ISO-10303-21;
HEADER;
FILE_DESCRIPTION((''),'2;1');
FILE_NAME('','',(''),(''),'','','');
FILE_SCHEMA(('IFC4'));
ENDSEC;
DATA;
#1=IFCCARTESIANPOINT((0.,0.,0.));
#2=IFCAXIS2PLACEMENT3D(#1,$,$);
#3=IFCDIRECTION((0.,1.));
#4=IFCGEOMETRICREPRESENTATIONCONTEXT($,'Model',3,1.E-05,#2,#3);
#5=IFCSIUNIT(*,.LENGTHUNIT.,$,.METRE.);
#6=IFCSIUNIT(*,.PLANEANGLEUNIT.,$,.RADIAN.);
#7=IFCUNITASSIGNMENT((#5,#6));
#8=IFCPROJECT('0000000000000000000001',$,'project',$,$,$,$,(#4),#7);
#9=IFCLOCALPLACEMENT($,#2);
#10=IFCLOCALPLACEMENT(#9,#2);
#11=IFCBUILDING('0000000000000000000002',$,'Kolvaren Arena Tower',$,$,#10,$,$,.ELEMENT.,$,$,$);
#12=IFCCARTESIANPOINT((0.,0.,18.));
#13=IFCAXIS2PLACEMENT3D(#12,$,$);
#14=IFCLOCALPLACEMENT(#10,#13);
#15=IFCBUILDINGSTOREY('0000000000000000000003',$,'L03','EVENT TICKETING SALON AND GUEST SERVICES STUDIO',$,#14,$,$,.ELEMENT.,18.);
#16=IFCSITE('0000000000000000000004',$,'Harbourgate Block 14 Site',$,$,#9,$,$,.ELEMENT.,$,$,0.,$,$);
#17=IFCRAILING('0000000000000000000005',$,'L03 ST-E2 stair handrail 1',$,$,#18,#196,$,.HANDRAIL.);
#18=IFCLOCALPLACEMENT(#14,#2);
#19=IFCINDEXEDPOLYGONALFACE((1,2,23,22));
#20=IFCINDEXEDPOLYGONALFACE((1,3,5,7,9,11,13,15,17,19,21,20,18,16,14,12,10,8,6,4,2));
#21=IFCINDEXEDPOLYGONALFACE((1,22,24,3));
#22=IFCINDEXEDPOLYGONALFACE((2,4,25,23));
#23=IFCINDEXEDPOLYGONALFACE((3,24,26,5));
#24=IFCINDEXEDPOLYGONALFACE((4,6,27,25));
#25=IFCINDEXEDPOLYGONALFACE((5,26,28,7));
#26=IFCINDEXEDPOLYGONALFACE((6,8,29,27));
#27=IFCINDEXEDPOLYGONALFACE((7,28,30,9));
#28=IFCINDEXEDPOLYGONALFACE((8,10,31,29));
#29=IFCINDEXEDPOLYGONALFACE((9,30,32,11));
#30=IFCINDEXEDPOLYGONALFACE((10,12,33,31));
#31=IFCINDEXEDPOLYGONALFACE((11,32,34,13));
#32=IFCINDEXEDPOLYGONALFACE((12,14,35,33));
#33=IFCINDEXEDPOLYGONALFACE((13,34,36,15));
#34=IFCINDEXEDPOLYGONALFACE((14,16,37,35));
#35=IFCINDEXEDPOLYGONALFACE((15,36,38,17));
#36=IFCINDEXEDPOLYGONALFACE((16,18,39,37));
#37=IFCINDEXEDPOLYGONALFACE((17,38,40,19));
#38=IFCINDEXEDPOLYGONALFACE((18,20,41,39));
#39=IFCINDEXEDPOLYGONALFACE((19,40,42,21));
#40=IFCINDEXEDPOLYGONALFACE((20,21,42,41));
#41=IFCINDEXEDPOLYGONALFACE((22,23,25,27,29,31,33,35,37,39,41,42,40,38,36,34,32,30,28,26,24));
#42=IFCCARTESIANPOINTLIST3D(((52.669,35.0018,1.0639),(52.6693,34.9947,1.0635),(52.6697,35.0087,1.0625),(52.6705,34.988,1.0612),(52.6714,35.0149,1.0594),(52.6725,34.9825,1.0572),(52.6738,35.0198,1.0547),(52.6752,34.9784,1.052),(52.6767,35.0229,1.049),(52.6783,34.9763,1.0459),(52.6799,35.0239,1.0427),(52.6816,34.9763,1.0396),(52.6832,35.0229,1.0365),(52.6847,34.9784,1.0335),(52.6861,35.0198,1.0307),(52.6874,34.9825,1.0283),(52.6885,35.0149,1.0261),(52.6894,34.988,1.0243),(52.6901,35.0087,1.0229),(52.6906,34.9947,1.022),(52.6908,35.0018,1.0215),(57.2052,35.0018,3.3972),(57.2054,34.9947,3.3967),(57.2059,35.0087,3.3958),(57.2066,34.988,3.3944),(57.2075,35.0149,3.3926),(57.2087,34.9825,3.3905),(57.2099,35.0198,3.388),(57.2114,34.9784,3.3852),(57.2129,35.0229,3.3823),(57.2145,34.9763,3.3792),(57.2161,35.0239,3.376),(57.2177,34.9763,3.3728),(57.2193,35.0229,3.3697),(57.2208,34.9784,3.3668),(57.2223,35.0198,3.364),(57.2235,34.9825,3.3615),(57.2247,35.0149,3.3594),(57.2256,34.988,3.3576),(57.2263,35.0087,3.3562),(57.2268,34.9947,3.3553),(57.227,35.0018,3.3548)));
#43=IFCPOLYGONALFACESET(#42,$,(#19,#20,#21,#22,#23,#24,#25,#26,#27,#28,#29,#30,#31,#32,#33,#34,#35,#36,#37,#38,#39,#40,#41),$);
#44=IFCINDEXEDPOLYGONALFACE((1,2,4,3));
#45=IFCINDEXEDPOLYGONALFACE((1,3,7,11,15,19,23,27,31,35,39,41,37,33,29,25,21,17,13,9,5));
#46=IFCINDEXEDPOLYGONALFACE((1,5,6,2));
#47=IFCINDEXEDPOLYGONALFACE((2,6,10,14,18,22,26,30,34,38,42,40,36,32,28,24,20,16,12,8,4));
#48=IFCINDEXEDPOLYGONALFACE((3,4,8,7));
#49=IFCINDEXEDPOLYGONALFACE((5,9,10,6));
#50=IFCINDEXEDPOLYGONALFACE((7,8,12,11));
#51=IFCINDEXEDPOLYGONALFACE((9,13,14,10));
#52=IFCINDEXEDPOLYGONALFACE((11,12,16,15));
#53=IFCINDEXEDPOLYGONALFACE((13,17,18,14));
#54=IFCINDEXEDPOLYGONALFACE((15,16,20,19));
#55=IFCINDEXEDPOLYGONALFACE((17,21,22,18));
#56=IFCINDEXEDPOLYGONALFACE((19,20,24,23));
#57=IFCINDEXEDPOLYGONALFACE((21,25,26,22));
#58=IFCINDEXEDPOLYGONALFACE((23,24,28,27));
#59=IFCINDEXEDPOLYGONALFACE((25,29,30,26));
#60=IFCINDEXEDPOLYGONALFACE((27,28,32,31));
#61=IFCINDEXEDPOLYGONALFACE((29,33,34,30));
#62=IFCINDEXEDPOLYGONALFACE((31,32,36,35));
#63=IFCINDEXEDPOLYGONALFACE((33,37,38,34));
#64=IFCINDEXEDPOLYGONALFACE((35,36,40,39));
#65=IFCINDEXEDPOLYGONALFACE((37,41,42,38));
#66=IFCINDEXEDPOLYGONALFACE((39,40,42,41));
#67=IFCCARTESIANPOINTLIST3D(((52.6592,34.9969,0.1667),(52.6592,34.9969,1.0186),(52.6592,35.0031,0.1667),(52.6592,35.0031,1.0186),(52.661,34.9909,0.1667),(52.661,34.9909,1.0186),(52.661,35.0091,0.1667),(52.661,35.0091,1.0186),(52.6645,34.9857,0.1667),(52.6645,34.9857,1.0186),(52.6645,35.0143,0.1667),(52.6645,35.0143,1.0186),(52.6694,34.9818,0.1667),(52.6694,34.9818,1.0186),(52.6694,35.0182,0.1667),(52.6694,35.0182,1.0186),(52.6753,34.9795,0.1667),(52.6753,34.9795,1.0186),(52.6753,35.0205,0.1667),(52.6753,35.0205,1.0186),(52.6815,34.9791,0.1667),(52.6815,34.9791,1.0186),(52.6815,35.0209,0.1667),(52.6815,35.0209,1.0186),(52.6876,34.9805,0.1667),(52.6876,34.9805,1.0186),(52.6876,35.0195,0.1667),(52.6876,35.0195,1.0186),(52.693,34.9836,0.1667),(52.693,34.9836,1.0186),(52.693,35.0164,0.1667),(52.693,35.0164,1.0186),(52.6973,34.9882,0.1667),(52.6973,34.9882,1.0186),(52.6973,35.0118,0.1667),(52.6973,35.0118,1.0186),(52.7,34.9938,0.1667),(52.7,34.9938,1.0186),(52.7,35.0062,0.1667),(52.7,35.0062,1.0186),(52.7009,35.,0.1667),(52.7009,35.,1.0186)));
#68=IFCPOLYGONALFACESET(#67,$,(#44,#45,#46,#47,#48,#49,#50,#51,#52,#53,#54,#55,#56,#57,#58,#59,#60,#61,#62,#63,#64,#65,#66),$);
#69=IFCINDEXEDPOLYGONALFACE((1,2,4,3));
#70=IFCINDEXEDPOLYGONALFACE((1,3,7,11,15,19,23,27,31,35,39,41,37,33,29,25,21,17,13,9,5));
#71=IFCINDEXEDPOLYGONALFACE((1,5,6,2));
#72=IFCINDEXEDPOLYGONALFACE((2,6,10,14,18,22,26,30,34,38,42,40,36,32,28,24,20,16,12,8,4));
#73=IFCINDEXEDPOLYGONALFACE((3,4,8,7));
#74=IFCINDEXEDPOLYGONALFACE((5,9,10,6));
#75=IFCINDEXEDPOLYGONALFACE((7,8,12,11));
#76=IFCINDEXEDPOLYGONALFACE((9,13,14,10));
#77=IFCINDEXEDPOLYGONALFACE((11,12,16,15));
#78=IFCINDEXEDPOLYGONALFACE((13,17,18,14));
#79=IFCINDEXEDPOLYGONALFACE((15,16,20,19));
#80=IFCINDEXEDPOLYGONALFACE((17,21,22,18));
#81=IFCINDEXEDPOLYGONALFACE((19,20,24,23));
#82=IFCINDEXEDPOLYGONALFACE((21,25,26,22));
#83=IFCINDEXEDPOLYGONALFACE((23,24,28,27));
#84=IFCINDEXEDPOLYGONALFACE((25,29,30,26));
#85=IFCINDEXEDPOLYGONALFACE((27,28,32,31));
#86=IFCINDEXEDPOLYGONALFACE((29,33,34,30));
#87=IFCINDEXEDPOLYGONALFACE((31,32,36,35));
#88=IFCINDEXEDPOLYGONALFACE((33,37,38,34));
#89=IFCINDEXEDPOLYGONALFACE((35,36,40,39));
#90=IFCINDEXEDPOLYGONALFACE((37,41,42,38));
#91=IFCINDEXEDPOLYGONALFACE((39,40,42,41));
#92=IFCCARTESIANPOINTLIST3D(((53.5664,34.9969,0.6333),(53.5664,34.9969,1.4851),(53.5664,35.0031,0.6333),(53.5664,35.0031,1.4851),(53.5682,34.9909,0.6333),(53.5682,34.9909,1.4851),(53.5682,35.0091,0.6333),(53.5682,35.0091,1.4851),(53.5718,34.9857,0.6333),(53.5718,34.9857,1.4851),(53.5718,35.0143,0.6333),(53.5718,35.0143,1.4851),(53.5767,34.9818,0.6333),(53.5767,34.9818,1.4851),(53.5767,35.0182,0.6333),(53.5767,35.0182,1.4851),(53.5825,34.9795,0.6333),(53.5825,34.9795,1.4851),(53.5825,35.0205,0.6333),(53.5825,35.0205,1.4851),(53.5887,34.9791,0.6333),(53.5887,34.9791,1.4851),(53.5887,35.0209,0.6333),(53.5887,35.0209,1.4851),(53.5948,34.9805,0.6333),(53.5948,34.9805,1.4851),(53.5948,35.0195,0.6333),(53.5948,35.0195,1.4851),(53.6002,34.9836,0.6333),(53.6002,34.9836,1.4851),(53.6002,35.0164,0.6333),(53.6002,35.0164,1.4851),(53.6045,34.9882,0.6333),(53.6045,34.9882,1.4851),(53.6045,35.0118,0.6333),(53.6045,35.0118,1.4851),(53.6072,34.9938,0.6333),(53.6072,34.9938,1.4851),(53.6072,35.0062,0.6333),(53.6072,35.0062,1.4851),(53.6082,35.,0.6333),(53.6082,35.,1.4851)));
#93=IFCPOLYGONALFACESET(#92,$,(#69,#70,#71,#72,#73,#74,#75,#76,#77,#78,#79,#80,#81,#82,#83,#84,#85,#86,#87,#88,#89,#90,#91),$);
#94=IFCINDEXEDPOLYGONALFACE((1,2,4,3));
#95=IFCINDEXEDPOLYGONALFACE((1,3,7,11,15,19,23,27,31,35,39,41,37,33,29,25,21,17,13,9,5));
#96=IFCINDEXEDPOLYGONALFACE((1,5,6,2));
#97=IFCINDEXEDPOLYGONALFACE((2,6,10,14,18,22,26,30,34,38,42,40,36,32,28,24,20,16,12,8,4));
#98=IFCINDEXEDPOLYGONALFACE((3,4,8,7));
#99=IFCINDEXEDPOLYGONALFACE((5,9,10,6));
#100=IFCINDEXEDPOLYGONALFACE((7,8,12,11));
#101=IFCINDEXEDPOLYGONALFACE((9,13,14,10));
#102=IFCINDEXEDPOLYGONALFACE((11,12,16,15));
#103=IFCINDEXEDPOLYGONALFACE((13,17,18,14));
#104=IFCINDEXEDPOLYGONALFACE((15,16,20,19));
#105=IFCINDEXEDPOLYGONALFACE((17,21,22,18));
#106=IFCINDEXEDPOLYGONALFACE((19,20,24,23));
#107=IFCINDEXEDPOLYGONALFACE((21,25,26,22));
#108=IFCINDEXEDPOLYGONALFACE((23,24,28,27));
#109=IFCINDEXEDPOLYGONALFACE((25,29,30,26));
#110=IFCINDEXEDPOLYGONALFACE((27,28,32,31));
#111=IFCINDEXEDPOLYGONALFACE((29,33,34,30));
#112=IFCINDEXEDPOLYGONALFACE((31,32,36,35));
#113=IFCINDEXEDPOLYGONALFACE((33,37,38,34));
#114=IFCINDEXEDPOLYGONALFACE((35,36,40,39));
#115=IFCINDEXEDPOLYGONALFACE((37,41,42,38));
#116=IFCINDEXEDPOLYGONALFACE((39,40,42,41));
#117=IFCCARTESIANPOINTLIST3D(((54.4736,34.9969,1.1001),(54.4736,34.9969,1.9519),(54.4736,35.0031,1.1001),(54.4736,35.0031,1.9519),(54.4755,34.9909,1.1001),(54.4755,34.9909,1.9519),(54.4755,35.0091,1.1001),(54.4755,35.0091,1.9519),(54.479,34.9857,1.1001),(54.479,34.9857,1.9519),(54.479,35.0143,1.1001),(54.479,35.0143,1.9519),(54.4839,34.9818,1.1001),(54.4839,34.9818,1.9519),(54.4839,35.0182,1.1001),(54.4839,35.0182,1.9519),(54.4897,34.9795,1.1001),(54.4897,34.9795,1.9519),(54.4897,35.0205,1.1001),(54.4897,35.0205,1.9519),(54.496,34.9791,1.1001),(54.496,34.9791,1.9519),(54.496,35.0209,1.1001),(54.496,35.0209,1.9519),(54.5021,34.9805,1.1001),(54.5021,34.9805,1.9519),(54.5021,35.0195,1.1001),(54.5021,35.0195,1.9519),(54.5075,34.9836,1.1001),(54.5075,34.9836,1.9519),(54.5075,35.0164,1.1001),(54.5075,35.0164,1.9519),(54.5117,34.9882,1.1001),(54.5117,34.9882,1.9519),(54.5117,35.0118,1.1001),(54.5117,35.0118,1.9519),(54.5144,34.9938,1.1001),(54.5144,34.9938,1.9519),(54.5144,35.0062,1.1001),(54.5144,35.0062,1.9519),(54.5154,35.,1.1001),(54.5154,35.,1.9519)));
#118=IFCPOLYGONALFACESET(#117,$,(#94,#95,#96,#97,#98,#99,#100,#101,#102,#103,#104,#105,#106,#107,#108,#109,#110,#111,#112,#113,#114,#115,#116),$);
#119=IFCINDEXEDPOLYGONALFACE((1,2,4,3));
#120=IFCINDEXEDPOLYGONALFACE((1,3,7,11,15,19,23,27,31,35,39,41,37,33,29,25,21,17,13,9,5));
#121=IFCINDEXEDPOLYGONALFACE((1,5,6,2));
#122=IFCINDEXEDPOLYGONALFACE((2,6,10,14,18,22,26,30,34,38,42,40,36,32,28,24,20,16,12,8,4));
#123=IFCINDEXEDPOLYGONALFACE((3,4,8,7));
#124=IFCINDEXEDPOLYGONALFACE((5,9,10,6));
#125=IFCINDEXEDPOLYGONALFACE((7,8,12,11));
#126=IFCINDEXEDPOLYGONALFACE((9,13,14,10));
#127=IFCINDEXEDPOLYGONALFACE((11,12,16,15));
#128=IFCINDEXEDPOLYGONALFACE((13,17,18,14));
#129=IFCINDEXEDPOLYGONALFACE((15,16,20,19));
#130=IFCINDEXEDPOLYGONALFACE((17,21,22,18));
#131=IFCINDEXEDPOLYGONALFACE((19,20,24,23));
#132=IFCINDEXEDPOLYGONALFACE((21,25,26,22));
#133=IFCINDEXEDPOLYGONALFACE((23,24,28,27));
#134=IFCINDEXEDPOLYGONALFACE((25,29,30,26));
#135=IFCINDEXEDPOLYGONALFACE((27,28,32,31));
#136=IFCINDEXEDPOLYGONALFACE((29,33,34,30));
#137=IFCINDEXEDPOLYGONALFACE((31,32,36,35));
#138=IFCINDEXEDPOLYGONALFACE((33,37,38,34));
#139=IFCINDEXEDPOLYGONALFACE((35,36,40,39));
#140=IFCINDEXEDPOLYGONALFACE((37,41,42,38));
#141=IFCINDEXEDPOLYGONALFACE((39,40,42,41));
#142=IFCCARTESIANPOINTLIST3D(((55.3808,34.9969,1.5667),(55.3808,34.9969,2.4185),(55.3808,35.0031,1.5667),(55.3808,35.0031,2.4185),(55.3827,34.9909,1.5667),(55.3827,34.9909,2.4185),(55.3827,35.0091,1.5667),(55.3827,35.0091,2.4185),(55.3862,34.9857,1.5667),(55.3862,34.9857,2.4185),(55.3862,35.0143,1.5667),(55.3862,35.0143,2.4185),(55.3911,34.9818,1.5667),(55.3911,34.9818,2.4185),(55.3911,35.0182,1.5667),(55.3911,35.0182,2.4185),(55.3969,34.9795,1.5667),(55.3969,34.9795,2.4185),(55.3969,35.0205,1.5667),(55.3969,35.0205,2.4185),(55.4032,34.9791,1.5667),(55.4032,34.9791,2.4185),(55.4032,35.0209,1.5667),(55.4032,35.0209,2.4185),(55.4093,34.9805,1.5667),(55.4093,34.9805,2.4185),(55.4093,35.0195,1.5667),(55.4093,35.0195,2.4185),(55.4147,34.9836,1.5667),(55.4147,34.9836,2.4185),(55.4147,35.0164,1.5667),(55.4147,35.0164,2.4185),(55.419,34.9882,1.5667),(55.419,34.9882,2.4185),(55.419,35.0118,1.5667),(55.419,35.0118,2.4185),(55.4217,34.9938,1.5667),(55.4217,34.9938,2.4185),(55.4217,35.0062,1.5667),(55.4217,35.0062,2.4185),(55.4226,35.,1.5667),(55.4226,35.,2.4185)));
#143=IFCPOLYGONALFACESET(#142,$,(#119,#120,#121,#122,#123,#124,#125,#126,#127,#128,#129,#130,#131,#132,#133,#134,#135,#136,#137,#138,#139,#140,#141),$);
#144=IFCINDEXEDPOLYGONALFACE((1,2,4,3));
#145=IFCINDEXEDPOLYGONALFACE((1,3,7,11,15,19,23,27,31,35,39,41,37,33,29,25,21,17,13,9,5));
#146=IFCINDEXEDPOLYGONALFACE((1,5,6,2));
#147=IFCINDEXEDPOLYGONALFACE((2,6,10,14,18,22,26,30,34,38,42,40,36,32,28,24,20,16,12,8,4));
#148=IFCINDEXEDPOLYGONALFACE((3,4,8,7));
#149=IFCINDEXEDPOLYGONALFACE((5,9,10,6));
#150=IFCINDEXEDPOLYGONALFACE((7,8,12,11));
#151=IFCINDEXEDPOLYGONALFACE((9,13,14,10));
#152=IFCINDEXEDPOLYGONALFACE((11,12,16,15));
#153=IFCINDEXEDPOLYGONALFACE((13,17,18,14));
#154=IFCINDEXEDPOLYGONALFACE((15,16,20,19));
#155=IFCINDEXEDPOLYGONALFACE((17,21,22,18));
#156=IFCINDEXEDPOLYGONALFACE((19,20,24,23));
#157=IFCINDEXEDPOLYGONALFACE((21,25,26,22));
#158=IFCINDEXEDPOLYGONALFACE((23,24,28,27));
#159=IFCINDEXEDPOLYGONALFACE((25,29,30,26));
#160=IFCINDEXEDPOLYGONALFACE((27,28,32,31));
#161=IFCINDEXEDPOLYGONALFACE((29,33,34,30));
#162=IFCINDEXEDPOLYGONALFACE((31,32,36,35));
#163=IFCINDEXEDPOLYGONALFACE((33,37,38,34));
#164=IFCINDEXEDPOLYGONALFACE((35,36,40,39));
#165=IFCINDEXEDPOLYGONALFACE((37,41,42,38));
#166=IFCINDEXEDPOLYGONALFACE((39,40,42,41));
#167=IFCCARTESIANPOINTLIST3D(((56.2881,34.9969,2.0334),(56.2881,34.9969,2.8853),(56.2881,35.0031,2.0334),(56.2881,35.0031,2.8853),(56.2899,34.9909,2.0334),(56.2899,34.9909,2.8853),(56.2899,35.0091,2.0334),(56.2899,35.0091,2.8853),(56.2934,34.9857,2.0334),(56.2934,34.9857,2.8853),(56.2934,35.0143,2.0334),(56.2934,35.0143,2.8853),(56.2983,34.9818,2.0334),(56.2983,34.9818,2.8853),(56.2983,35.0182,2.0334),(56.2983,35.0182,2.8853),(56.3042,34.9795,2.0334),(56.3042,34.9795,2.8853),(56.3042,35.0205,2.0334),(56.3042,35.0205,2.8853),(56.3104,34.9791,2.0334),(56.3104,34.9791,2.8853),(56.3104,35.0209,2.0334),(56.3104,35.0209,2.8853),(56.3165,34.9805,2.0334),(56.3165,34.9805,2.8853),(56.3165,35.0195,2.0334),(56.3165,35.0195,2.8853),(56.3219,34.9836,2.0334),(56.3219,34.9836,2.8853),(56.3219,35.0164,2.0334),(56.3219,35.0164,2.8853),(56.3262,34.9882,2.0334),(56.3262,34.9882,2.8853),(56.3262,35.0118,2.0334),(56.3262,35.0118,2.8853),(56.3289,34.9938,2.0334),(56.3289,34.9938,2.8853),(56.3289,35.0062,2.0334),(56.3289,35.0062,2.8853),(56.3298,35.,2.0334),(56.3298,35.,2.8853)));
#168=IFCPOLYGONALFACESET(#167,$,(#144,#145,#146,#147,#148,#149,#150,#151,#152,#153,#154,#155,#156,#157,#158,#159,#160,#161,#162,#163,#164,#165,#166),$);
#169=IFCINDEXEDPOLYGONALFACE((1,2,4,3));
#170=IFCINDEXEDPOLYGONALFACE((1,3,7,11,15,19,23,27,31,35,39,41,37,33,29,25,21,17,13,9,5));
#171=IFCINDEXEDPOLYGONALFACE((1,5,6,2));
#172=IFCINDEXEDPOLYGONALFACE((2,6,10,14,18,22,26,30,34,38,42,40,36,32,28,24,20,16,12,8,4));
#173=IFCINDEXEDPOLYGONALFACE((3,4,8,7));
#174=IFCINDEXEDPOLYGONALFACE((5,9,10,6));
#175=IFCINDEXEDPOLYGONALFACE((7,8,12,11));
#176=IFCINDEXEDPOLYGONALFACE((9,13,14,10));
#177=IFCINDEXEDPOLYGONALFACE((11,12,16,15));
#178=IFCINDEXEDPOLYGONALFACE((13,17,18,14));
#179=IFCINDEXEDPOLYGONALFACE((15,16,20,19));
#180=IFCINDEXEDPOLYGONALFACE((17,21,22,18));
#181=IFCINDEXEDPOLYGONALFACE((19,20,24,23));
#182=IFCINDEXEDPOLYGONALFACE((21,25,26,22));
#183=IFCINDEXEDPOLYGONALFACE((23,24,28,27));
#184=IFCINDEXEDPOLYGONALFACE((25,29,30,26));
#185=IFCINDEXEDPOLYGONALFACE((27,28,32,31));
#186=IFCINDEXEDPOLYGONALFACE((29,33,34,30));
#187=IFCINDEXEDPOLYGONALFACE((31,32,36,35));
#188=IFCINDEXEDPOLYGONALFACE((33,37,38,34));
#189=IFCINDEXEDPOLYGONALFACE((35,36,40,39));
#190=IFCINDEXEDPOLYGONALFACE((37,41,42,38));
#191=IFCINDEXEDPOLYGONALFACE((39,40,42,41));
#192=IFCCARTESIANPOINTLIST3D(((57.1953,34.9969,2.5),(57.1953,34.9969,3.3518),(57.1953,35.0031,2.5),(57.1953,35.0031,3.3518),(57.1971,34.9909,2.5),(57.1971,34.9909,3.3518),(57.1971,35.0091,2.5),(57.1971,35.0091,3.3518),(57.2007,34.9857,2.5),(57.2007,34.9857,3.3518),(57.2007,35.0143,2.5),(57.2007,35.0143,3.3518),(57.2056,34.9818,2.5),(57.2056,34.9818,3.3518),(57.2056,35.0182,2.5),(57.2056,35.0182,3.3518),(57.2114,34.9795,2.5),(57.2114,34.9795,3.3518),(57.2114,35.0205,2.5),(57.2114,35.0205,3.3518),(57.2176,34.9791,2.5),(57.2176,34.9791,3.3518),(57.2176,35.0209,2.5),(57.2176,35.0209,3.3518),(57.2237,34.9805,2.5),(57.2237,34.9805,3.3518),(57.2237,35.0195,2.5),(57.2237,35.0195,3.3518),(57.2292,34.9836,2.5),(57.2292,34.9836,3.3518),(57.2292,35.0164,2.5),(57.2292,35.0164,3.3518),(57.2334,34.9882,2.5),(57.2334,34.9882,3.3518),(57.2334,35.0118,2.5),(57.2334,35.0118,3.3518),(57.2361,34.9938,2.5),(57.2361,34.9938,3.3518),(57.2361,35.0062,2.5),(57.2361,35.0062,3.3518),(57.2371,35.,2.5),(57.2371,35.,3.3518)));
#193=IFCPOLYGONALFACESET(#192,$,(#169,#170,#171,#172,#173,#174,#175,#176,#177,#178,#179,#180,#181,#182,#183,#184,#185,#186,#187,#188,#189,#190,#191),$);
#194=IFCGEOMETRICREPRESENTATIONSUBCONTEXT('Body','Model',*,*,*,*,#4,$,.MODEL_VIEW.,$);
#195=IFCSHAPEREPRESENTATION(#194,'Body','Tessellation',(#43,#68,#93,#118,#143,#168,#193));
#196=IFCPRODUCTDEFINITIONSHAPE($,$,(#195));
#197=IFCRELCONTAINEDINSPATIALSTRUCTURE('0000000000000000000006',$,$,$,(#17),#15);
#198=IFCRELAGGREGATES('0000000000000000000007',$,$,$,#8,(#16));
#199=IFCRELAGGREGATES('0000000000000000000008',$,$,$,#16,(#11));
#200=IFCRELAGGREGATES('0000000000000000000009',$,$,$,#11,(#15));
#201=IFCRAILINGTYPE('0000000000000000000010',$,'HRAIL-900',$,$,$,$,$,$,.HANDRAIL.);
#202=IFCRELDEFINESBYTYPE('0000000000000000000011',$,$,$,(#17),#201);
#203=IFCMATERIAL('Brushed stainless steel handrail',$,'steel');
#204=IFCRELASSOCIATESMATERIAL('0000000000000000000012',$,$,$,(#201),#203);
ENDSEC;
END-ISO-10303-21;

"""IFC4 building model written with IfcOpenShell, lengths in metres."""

from ifc_helpers import new_model, si_unit, direction, frame, origin, origin_2d, place, context, subcontext, project, spatial, circle, extrude, material, type_object, element, save


model = new_model("IFC4")

# Units and contexts
model_context = context("Model", 3, precision=1e-05, world=origin(), true_north=direction((0.0, 1.0)))
body_context = subcontext(model_context, "Body", "Model", "MODEL_VIEW")
ifc_project = project(units=[si_unit("LENGTHUNIT", "METRE"), si_unit("PLANEANGLEUNIT", "RADIAN")], contexts=[model_context])

# Site, building, storey
site_placement = place(None, origin())
site = spatial("IfcSite", under=ifc_project, at=site_placement, Name="Harbourgate Block 14 Site", CompositionType="ELEMENT", RefElevation=0.0)
building_placement = place(site_placement, origin())
building = spatial("IfcBuilding", under=site, at=building_placement, Name="Kolvaren Arena Tower", CompositionType="ELEMENT")
storey_placement = place(building_placement, frame((0.0, 0.0, 18.0)))
storey = spatial("IfcBuildingStorey", under=building, at=storey_placement, Name="L03", Description="EVENT TICKETING SALON AND GUEST SERVICES STUDIO", CompositionType="ELEMENT", Elevation=18.0)

# Railing
ifc_material_1 = material(Name="Brushed stainless steel handrail", Category="steel")
railing_type_1 = type_object("IfcRailingType", Name="HRAIL-900", PredefinedType="HANDRAIL", material=ifc_material_1)
for number, where, name in (
    (1, (52.6799, 35.0, 0.1667), "L03 ST-E2 stair handrail 1"),
):
    element("IfcRailing", number, at=place(storey_placement, frame(where)), inside=storey, type_object=railing_type_1, Name=name, PredefinedType="HANDRAIL", context=body_context, shape_type="SweptSolid", body=[
        extrude(circle(Radius=0.0239, at=origin_2d()), frame((0.0, 0.0, 0.876), z_axis=(0.889257, 0.0, 0.457407), x_axis=(0.0, 1.0, 0.0)), (0.0, 0.0, 1.0), 5.1011),
        extrude(circle(Radius=0.021, at=origin_2d()), origin(), (0.0, 0.0, 1.0), 0.8518),
        extrude(circle(Radius=0.021, at=origin_2d()), frame((0.9072, 0.0, 0.4666)), (0.0, 0.0, 1.0), 0.8518),
        extrude(circle(Radius=0.021, at=origin_2d()), frame((1.8145, 0.0, 0.9333)), (0.0, 0.0, 1.0), 0.8518),
        extrude(circle(Radius=0.021, at=origin_2d()), frame((2.7217, 0.0, 1.3999)), (0.0, 0.0, 1.0), 0.8518),
        extrude(circle(Radius=0.021, at=origin_2d()), frame((3.6289, 0.0, 1.8667)), (0.0, 0.0, 1.0), 0.8518),
        extrude(circle(Radius=0.021, at=origin_2d()), frame((4.5361, 0.0, 2.3333)), (0.0, 0.0, 1.0), 0.8518),
    ])

save(model, "model.ifc")
